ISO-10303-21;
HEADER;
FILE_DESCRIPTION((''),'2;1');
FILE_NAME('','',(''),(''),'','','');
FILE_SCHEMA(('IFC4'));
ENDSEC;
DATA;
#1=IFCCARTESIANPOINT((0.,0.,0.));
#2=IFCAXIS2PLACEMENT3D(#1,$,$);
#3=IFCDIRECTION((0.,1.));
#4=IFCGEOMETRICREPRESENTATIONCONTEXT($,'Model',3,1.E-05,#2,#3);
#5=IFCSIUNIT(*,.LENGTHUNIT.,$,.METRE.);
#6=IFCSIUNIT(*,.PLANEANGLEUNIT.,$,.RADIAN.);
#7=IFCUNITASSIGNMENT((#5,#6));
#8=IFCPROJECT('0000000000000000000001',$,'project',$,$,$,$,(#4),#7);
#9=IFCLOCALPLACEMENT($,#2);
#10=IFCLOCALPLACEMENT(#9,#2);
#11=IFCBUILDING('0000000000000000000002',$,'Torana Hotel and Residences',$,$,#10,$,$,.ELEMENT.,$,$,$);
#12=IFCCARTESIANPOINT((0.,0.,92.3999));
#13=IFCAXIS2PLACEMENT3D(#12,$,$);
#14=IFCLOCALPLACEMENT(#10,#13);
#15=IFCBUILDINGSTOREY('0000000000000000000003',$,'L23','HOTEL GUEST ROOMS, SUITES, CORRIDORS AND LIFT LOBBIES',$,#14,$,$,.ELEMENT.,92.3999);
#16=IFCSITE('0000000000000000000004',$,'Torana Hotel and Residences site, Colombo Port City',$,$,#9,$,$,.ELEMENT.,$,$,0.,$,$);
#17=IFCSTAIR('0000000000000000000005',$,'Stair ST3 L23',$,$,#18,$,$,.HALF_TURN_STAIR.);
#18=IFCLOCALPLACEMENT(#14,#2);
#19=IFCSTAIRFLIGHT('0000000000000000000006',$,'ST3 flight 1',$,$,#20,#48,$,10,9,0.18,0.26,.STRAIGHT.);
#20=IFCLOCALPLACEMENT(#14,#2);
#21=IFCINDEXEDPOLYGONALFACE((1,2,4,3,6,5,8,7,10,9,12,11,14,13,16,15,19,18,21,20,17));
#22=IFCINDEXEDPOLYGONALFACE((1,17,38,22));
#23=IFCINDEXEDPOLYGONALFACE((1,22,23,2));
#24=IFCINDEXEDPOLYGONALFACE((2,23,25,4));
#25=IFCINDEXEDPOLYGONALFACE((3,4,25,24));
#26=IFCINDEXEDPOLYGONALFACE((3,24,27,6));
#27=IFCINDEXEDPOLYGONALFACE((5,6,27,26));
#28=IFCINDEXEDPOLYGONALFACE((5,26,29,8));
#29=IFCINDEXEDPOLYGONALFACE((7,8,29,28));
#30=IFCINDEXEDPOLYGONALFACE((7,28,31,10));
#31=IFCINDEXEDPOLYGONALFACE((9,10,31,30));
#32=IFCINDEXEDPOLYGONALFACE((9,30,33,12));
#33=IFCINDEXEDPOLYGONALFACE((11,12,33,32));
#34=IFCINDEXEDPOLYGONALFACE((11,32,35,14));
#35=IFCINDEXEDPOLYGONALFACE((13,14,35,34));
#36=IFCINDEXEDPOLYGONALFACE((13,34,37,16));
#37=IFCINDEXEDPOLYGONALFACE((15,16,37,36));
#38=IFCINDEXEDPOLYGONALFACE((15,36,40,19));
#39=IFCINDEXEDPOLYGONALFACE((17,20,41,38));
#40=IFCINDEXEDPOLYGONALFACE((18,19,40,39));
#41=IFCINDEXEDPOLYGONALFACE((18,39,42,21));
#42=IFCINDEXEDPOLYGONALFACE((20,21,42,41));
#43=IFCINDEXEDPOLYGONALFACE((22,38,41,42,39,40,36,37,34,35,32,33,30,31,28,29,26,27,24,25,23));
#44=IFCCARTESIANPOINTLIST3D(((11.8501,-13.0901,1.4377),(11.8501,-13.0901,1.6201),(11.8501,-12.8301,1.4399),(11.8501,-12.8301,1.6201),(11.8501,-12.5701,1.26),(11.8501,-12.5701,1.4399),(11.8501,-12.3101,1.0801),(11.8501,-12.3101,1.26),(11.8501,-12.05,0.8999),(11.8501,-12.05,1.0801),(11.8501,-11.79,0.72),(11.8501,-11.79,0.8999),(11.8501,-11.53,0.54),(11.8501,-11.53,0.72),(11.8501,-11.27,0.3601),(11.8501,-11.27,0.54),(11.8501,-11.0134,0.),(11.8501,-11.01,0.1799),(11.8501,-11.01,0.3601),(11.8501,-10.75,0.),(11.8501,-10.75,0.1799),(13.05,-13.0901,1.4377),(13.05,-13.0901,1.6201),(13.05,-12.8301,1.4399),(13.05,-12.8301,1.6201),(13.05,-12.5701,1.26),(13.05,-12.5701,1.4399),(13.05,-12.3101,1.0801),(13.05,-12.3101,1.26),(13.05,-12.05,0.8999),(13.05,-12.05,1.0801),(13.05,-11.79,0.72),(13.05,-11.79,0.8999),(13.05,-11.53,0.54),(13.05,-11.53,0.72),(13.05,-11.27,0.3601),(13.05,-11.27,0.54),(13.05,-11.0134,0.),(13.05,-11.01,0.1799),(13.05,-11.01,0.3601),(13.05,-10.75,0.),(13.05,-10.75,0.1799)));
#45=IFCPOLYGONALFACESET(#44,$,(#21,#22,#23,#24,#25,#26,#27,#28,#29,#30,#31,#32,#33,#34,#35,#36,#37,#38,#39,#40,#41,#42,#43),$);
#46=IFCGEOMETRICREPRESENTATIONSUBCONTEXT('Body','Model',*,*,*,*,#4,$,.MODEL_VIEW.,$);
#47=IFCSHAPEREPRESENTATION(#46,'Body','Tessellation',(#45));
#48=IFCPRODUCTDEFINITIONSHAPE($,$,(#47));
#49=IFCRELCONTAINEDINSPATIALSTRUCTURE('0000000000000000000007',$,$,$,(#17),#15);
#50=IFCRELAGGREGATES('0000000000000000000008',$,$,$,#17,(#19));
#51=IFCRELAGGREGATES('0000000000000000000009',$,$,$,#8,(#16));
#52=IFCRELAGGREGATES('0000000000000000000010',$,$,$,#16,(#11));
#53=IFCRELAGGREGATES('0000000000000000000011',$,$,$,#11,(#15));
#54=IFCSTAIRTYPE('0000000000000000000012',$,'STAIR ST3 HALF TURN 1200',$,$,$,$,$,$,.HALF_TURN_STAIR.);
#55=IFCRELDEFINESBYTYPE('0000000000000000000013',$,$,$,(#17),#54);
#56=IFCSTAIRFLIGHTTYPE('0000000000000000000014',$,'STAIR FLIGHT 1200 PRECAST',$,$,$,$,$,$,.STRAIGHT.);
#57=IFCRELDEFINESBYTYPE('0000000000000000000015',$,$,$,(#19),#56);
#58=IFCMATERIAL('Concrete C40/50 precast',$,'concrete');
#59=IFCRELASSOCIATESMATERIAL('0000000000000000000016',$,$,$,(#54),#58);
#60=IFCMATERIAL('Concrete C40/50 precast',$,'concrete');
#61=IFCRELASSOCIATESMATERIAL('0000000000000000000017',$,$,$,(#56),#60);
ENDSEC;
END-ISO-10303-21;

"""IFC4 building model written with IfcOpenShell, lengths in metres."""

from ifc_helpers import new_model, si_unit, direction, frame, origin, place, context, subcontext, project, spatial, polyline, outline, extrude, material, type_object, element, aggregate, save


model = new_model("IFC4")

# Units and contexts
model_context = context("Model", 3, precision=1e-05, world=origin(), true_north=direction((0.0, 1.0)))
body_context = subcontext(model_context, "Body", "Model", "MODEL_VIEW")
ifc_project = project(units=[si_unit("LENGTHUNIT", "METRE"), si_unit("PLANEANGLEUNIT", "RADIAN")], contexts=[model_context])

# Site, building, storey
site_placement = place(None, origin())
site = spatial("IfcSite", under=ifc_project, at=site_placement, Name="Torana Hotel and Residences site, Colombo Port City", CompositionType="ELEMENT", RefElevation=0.0)
building_placement = place(site_placement, origin())
building = spatial("IfcBuilding", under=site, at=building_placement, Name="Torana Hotel and Residences", CompositionType="ELEMENT")
storey_placement = place(building_placement, frame((0.0, 0.0, 92.3999)))
storey = spatial("IfcBuildingStorey", under=building, at=storey_placement, Name="L23", Description="HOTEL GUEST ROOMS, SUITES, CORRIDORS AND LIFT LOBBIES", CompositionType="ELEMENT", Elevation=92.3999)

# Stair, stair flight
ifc_material_1 = material(Name="Concrete C40/50 precast", Category="concrete")
stair_type = type_object("IfcStairType", Name="STAIR ST3 HALF TURN 1200", PredefinedType="HALF_TURN_STAIR", material=ifc_material_1)
stair_placement = place(storey_placement, origin())
stair = element("IfcStair", 1, at=stair_placement, inside=storey, type_object=stair_type, Name="Stair ST3 L23", PredefinedType="HALF_TURN_STAIR")
ifc_material_2 = material(Name="Concrete C40/50 precast", Category="concrete")
stair_flight_type = type_object("IfcStairFlightType", Name="STAIR FLIGHT 1200 PRECAST", PredefinedType="STRAIGHT", material=ifc_material_2)
stair_flight_placement = place(storey_placement, frame((12.45, -10.75, 0.0), z_axis=(0.0, 0.0, 1.0), x_axis=(0.0, -1.0, 0.0)))
stair_flight = element("IfcStairFlight", 2, at=stair_flight_placement, type_object=stair_flight_type, Name="ST3 flight 1", NumberOfRisers=10, NumberOfTreads=9, PredefinedType="STRAIGHT", RiserHeight=0.18, TreadLength=0.26, context=body_context, shape_type="SweptSolid", body=[
    extrude(outline(polyline([(0.0, 0.0), (0.0, 0.1799), (0.26, 0.1799), (0.26, 0.3601), (0.52, 0.3601), (0.52, 0.54), (0.78, 0.54), (0.78, 0.72), (1.04, 0.72), (1.04, 0.8999), (1.3, 0.8999), (1.3, 1.0801), (1.5601, 1.0801), (1.5601, 1.26), (1.8201, 1.26), (1.8201, 1.4399), (2.0801, 1.4399), (2.0801, 1.6201), (2.3401, 1.6201), (2.3401, 1.8), (2.3401, 1.4377), (0.2634, 0.0), (0.0, 0.0)])), frame((0.0, 0.6001, 0.0), z_axis=(0.0, -1.0, 0.0), x_axis=(1.0, 0.0, 0.0)), (0.0, 0.0, 1.0), 1.2),
])
aggregate(stair, [stair_flight])

save(model, "model.ifc")
